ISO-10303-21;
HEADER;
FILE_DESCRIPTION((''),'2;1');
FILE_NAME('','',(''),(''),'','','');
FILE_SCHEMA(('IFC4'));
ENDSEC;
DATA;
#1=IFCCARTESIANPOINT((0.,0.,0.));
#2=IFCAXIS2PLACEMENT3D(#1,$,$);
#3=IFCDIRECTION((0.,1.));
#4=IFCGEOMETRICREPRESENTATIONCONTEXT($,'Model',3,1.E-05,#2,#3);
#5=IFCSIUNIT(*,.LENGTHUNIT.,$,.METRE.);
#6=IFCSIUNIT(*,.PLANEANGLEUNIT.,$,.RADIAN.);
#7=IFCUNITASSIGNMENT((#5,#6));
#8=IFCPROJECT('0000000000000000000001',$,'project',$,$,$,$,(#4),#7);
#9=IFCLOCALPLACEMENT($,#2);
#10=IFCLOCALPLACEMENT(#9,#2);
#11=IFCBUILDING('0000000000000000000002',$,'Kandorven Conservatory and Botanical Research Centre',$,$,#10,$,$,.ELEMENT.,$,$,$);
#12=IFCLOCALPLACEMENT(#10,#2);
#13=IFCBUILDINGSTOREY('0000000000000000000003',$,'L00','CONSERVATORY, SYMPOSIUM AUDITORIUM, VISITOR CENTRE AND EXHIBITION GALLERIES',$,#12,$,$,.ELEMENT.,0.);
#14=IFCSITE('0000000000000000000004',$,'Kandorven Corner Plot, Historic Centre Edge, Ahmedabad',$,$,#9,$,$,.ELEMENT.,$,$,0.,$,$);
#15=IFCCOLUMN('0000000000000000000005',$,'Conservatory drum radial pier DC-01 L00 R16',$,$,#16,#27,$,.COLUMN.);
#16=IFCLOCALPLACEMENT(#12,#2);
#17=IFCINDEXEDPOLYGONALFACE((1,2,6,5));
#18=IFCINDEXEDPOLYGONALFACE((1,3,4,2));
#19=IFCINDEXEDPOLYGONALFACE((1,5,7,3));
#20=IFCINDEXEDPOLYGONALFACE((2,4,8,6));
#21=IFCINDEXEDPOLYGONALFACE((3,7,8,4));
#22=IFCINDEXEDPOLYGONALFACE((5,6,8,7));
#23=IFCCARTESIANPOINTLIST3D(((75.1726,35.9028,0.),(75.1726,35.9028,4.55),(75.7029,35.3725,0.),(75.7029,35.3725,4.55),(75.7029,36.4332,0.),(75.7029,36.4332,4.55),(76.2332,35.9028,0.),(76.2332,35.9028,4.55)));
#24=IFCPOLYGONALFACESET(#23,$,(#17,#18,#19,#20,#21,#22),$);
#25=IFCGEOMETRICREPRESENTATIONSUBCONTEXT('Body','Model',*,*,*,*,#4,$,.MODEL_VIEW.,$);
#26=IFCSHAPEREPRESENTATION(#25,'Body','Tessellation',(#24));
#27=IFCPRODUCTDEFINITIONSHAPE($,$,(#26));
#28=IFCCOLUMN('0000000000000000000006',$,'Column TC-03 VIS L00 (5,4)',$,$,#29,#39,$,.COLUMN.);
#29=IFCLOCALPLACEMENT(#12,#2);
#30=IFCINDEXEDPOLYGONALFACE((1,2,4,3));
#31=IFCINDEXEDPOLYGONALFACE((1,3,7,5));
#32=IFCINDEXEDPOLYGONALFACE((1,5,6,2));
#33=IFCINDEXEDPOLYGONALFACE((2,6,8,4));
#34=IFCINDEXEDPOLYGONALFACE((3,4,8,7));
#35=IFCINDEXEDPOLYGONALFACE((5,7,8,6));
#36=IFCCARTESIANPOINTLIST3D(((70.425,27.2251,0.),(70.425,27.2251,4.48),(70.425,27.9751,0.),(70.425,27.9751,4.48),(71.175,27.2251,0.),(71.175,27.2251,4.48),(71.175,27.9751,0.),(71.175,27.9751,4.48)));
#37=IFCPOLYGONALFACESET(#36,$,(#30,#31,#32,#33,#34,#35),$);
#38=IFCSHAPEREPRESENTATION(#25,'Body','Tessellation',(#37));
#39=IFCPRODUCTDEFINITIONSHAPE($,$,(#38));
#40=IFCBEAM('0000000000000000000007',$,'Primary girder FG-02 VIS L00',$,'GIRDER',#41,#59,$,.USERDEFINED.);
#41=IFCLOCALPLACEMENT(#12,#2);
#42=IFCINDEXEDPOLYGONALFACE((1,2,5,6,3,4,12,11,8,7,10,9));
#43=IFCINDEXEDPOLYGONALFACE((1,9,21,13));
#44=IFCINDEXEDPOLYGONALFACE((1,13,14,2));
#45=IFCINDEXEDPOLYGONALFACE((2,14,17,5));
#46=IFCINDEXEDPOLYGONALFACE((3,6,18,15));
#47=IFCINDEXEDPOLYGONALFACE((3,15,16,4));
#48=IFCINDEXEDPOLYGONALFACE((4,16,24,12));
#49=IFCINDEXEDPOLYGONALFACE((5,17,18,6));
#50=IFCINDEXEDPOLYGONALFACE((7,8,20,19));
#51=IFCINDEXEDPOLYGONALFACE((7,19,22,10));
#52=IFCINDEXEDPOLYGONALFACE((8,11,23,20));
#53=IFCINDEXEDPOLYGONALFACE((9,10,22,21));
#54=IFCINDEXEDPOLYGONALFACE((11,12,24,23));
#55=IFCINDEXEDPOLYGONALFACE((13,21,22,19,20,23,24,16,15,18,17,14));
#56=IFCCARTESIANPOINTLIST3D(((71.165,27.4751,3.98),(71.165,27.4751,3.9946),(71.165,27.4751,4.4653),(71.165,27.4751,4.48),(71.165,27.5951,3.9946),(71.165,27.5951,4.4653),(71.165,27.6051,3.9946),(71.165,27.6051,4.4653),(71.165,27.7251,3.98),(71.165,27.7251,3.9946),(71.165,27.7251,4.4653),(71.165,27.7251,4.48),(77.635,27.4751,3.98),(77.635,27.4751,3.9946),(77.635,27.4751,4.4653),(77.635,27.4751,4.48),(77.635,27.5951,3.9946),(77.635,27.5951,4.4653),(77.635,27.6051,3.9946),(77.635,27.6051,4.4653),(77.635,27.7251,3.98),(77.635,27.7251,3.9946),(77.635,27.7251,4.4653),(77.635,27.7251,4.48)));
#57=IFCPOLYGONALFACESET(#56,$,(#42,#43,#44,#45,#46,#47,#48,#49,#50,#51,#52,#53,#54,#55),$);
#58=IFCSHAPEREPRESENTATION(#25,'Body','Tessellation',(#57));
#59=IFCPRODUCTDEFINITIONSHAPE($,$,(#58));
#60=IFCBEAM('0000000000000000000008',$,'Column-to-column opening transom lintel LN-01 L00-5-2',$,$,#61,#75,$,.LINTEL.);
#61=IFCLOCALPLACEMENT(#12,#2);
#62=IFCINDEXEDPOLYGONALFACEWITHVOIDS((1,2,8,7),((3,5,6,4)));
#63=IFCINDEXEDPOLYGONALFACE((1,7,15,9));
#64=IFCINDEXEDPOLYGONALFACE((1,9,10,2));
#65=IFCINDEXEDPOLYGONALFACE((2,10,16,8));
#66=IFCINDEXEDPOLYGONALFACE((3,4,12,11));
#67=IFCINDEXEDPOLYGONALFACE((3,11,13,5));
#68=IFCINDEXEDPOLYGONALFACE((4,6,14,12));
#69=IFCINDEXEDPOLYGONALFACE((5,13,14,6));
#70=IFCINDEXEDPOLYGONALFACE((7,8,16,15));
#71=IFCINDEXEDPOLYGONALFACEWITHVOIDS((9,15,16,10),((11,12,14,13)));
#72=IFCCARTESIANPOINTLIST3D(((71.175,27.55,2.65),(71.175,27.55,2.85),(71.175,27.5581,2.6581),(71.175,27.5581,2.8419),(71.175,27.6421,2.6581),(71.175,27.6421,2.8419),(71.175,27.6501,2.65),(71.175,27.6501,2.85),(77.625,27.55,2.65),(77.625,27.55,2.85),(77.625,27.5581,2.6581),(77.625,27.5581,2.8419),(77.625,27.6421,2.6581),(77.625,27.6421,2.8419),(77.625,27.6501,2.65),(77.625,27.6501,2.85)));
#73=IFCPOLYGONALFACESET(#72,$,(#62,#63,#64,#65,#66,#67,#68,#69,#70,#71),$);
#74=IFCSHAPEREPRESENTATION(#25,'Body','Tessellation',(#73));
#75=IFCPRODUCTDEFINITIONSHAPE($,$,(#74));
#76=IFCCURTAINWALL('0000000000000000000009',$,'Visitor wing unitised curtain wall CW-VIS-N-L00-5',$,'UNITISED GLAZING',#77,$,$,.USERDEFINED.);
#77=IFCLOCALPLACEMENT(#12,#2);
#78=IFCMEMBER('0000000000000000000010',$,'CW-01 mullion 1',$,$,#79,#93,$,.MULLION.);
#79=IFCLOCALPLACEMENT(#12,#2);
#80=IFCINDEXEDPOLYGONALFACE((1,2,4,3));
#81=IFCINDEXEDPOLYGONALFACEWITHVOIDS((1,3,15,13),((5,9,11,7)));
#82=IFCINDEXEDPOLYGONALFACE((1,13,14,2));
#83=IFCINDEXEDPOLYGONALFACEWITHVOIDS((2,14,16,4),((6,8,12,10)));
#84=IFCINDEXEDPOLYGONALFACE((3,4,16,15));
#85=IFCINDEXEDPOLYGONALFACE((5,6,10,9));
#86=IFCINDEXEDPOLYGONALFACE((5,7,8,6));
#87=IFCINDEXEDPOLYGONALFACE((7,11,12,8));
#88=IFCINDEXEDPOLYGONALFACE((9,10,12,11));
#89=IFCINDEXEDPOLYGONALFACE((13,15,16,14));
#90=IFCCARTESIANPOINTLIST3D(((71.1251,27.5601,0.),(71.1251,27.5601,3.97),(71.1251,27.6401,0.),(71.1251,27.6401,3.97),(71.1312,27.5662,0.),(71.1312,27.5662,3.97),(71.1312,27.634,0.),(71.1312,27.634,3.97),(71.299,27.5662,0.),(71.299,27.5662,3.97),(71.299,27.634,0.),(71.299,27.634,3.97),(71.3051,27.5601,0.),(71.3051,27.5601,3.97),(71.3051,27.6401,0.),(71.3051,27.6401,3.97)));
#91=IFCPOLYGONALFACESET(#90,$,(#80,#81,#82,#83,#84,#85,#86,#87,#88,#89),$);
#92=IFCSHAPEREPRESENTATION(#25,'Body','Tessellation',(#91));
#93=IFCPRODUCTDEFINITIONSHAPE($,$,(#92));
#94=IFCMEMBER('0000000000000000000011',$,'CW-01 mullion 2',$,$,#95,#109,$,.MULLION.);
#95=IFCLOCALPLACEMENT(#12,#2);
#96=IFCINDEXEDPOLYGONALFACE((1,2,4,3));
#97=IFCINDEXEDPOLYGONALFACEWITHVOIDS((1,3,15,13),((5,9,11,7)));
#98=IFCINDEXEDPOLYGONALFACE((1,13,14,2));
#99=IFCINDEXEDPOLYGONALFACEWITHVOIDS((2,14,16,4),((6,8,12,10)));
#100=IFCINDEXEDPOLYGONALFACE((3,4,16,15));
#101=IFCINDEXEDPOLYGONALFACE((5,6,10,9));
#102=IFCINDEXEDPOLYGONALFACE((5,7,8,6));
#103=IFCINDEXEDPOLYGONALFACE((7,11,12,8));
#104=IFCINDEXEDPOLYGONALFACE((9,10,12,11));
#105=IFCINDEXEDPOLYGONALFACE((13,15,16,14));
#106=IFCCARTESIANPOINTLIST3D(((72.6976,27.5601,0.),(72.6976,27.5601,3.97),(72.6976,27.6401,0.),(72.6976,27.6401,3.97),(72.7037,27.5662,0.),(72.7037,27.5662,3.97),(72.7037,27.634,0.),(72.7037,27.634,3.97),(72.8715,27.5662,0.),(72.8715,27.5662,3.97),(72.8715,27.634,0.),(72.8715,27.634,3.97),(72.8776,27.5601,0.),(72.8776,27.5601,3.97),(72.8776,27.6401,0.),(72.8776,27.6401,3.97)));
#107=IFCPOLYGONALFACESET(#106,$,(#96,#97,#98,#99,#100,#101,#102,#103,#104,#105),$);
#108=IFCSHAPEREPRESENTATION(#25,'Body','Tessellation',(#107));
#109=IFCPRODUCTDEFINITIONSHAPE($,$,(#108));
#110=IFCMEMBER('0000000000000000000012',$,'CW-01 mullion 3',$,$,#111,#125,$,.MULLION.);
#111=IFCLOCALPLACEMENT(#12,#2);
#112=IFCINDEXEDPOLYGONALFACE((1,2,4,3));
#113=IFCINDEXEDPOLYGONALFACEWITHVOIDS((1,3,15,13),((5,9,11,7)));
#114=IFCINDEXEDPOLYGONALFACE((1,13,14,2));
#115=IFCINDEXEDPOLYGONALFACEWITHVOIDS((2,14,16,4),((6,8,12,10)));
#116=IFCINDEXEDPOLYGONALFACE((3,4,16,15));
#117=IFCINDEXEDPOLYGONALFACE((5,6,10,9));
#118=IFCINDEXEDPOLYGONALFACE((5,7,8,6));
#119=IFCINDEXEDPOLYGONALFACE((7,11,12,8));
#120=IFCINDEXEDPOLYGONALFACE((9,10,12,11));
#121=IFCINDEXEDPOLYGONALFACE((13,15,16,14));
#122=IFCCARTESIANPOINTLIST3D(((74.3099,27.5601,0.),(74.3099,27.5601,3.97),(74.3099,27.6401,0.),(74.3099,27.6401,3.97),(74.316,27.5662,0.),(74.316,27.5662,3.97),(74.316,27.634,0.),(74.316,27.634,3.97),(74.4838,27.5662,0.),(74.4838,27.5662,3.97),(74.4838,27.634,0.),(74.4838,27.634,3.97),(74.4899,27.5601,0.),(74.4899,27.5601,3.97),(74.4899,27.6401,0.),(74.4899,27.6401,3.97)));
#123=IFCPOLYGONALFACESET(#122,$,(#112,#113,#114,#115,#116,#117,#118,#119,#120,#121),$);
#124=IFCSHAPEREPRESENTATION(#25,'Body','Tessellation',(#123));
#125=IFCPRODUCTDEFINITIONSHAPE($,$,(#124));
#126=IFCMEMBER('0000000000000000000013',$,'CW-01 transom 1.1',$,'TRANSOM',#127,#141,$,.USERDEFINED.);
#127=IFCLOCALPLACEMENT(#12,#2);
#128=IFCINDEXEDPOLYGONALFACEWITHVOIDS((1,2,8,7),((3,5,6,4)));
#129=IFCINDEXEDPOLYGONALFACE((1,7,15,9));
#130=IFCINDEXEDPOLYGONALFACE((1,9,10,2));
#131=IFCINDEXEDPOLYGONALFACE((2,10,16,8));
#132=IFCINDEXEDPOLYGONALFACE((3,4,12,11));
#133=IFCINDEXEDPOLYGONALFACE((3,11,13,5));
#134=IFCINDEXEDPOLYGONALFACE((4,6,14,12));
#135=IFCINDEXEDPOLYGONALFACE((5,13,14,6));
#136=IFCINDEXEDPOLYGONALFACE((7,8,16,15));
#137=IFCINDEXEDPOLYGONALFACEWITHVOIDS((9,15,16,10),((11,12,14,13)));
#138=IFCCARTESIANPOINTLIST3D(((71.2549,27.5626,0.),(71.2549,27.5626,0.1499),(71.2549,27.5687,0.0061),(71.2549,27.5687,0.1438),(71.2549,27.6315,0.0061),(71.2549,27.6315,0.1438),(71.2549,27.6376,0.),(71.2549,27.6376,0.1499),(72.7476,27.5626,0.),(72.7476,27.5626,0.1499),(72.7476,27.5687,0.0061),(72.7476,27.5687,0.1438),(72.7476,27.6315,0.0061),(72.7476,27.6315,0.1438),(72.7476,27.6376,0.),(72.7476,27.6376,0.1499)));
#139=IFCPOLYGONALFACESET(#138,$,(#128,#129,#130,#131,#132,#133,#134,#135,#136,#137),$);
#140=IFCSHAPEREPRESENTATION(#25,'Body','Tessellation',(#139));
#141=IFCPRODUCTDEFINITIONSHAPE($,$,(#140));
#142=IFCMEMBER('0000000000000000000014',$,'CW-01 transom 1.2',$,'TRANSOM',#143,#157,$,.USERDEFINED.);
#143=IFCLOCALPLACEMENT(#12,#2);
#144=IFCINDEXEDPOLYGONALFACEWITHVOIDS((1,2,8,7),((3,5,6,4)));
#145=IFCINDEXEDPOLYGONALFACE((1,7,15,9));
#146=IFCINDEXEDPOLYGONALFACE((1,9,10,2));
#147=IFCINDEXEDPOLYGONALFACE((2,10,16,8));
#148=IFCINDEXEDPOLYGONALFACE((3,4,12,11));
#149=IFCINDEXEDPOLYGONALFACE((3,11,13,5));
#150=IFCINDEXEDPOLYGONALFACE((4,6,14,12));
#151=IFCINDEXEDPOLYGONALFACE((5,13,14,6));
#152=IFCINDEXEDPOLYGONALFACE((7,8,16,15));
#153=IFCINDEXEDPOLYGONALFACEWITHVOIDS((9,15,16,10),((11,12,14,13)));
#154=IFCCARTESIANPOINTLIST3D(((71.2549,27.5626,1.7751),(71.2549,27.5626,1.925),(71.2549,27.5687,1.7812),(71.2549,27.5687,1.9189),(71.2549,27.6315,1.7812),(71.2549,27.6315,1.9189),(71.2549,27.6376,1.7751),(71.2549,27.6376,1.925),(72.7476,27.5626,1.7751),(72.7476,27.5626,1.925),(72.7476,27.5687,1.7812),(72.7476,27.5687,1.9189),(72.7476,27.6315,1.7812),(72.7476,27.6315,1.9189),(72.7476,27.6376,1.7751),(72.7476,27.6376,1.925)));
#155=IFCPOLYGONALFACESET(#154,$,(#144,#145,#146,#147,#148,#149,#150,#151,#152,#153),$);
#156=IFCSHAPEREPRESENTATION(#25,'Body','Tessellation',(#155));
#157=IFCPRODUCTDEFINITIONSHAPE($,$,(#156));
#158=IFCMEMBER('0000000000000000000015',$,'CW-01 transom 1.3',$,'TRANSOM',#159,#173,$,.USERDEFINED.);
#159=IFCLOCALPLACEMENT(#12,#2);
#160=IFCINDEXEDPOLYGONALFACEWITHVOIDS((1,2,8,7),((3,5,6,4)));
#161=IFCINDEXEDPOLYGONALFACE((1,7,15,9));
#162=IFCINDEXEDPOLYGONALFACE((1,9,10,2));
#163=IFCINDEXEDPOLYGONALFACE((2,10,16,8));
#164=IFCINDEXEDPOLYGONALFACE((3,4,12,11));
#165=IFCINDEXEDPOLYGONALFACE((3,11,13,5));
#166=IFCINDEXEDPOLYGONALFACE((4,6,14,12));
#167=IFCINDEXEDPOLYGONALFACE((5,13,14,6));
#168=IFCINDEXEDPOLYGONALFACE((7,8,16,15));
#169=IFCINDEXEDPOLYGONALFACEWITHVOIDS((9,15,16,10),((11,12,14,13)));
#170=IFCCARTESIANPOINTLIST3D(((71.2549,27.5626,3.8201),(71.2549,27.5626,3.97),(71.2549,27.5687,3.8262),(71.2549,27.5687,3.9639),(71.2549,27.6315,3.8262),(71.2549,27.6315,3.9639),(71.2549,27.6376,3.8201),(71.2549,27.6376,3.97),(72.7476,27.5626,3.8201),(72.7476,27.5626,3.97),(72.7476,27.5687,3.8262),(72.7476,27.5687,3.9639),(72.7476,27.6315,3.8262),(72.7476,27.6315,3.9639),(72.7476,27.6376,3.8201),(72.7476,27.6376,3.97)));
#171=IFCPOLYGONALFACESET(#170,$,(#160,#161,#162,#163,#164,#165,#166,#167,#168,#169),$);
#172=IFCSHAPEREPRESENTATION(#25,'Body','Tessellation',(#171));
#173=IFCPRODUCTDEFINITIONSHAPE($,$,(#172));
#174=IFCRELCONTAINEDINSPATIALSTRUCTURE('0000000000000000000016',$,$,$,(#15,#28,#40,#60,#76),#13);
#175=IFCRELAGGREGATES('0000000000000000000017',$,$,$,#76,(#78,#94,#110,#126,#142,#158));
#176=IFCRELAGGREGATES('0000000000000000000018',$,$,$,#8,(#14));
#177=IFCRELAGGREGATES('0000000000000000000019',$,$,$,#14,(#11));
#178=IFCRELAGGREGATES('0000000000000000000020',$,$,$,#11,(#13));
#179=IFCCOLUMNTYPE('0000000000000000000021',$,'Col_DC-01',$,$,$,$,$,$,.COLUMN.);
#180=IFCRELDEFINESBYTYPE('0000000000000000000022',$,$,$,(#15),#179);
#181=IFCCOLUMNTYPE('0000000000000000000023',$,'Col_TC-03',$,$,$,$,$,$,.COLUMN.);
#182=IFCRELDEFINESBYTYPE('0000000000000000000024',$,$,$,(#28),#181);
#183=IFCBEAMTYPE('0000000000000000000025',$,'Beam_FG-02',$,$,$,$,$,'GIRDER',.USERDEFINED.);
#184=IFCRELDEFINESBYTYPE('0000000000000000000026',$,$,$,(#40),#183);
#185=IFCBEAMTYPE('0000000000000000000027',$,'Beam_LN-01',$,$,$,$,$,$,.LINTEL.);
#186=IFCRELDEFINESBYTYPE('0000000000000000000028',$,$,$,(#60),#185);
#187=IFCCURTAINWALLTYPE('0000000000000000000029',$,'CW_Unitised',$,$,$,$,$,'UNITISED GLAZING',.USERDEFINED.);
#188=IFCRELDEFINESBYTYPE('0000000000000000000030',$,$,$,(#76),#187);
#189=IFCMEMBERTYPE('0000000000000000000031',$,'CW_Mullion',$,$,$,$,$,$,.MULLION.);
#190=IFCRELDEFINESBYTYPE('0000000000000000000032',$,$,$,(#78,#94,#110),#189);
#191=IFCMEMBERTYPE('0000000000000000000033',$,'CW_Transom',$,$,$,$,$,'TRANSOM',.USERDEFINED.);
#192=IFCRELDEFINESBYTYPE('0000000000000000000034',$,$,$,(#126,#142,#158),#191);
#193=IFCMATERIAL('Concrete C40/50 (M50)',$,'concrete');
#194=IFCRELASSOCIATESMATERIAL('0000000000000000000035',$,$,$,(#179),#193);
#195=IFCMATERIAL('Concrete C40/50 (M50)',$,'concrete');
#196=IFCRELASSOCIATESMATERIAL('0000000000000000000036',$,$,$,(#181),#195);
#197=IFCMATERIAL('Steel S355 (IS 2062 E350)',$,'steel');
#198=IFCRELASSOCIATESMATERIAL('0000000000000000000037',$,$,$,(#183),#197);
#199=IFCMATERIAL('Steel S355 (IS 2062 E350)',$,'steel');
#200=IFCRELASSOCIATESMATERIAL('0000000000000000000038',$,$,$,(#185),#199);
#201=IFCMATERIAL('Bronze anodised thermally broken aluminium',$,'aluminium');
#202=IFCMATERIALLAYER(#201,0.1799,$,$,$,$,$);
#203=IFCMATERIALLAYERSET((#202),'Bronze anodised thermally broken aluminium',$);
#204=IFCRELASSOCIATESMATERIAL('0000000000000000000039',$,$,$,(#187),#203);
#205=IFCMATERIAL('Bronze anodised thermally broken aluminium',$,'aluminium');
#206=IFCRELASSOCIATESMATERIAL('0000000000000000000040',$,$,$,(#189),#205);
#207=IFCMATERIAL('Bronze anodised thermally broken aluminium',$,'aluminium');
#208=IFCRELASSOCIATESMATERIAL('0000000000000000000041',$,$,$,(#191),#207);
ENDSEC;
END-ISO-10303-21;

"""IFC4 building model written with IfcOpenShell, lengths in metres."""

from ifc_helpers import new_model, si_unit, direction, frame, origin, origin_2d, place, context, subcontext, project, spatial, rectangle, hollow_rectangle, i_section, extrude, material, layer, layer_set, material_profile, profile_set, type_object, element, aggregate, save


model = new_model("IFC4")

# Units and contexts
model_context = context("Model", 3, precision=1e-05, world=origin(), true_north=direction((0.0, 1.0)))
body_context = subcontext(model_context, "Body", "Model", "MODEL_VIEW")
ifc_project = project(units=[si_unit("LENGTHUNIT", "METRE"), si_unit("PLANEANGLEUNIT", "RADIAN")], contexts=[model_context])

# Site, building, storey
site_placement = place(None, origin())
site = spatial("IfcSite", under=ifc_project, at=site_placement, Name="Kandorven Corner Plot, Historic Centre Edge, Ahmedabad", CompositionType="ELEMENT", RefElevation=0.0)
building_placement = place(site_placement, origin())
building = spatial("IfcBuilding", under=site, at=building_placement, Name="Kandorven Conservatory and Botanical Research Centre", CompositionType="ELEMENT")
storey_placement = place(building_placement, origin())
storey = spatial("IfcBuildingStorey", under=building, at=storey_placement, Name="L00", Description="CONSERVATORY, SYMPOSIUM AUDITORIUM, VISITOR CENTRE AND EXHIBITION GALLERIES", CompositionType="ELEMENT", Elevation=0.0)

# Columns
ifc_material_1 = material(Name="Concrete C40/50 (M50)", Category="concrete")
ifc_material_profile_1 = material_profile(ifc_material_1, rectangle(XDim=0.75, YDim=0.75, at=origin_2d()))
ifc_profile_set_1 = profile_set([ifc_material_profile_1], Name="Concrete C40/50 (M50)")
column_type_1 = type_object("IfcColumnType", Name="Col_DC-01", PredefinedType="COLUMN", material=ifc_profile_set_1)
column_1_placement = place(storey_placement, frame((75.7029, 35.9028, 0.0), z_axis=(0.0, 0.0, 1.0), x_axis=(-0.707107, -0.707107, 0.0)))
element("IfcColumn", 1, at=column_1_placement, inside=storey, type_object=column_type_1, Name="Conservatory drum radial pier DC-01 L00 R16", PredefinedType="COLUMN", context=body_context, shape_type="SweptSolid", body=[
    extrude(rectangle(XDim=0.75, YDim=0.75, at=origin_2d()), origin(), (0.0, 0.0, 1.0), 4.55),
])
ifc_material_2 = material(Name="Concrete C40/50 (M50)", Category="concrete")
ifc_material_profile_2 = material_profile(ifc_material_2, rectangle(XDim=0.75, YDim=0.75, at=origin_2d()))
ifc_profile_set_2 = profile_set([ifc_material_profile_2], Name="Concrete C40/50 (M50)")
column_type_2 = type_object("IfcColumnType", Name="Col_TC-03", PredefinedType="COLUMN", material=ifc_profile_set_2)
column_2_placement = place(storey_placement, frame((70.8, 27.6001, 0.0), z_axis=(0.0, 0.0, 1.0), x_axis=(1.0, 0.0, 0.0)))
element("IfcColumn", 2, at=column_2_placement, inside=storey, type_object=column_type_2, Name="Column TC-03 VIS L00 (5,4)", PredefinedType="COLUMN", context=body_context, shape_type="SweptSolid", body=[
    extrude(rectangle(XDim=0.75, YDim=0.75, at=origin_2d()), origin(), (0.0, 0.0, 1.0), 4.48),
])

# Beams
ifc_material_3 = material(Name="Steel S355 (IS 2062 E350)", Category="steel")
ifc_material_profile_3 = material_profile(ifc_material_3, i_section(OverallWidth=0.25, OverallDepth=0.5, WebThickness=0.01, FlangeThickness=0.0146, at=origin_2d()))
ifc_profile_set_3 = profile_set([ifc_material_profile_3], Name="Steel S355 (IS 2062 E350)")
beam_type_1 = type_object("IfcBeamType", Name="Beam_FG-02", ElementType="GIRDER", PredefinedType="USERDEFINED", material=ifc_profile_set_3)
beam_1_placement = place(storey_placement, frame((71.165, 27.6001, 4.23), z_axis=(1.0, 0.0, 0.0), x_axis=(0.0, 1.0, 0.0)))
element("IfcBeam", 3, at=beam_1_placement, inside=storey, type_object=beam_type_1, Name="Primary girder FG-02 VIS L00", ObjectType="GIRDER", PredefinedType="USERDEFINED", context=body_context, shape_type="SweptSolid", body=[
    extrude(i_section(OverallWidth=0.25, OverallDepth=0.5, WebThickness=0.01, FlangeThickness=0.0146, at=origin_2d()), origin(), (0.0, 0.0, 1.0), 6.47),
])
ifc_material_4 = material(Name="Steel S355 (IS 2062 E350)", Category="steel")
ifc_material_profile_4 = material_profile(ifc_material_4, hollow_rectangle(XDim=0.1001, YDim=0.2, WallThickness=0.0081, at=origin_2d()))
ifc_profile_set_4 = profile_set([ifc_material_profile_4], Name="Steel S355 (IS 2062 E350)")
beam_type_2 = type_object("IfcBeamType", Name="Beam_LN-01", PredefinedType="LINTEL", material=ifc_profile_set_4)
beam_2_placement = place(storey_placement, frame((71.175, 27.6001, 2.75), z_axis=(1.0, 0.0, 0.0), x_axis=(0.0, 1.0, 0.0)))
element("IfcBeam", 4, at=beam_2_placement, inside=storey, type_object=beam_type_2, Name="Column-to-column opening transom lintel LN-01 L00-5-2", PredefinedType="LINTEL", context=body_context, shape_type="SweptSolid", body=[
    extrude(hollow_rectangle(XDim=0.1001, YDim=0.2, WallThickness=0.0081, at=origin_2d()), origin(), (0.0, 0.0, 1.0), 6.45),
])

# Curtain wall, members
ifc_material_5 = material(Name="Bronze anodised thermally broken aluminium", Category="aluminium")
ifc_layer_1 = layer(ifc_material_5, 0.1799)
ifc_layer_set_1 = layer_set([ifc_layer_1], Name="Bronze anodised thermally broken aluminium")
curtain_wall_type = type_object("IfcCurtainWallType", Name="CW_Unitised", ElementType="UNITISED GLAZING", PredefinedType="USERDEFINED", material=ifc_layer_set_1)
curtain_wall_placement = place(storey_placement, origin())
curtain_wall = element("IfcCurtainWall", 5, at=curtain_wall_placement, inside=storey, type_object=curtain_wall_type, Name="Visitor wing unitised curtain wall CW-VIS-N-L00-5", ObjectType="UNITISED GLAZING", PredefinedType="USERDEFINED")
ifc_material_6 = material(Name="Bronze anodised thermally broken aluminium", Category="aluminium")
ifc_material_profile_5 = material_profile(ifc_material_6, hollow_rectangle(XDim=0.0801, YDim=0.1799, WallThickness=0.0061, at=origin_2d()))
ifc_profile_set_5 = profile_set([ifc_material_profile_5], Name="Bronze anodised thermally broken aluminium")
member_type_1 = type_object("IfcMemberType", Name="CW_Mullion", PredefinedType="MULLION", material=ifc_profile_set_5)
member_1_placement = place(storey_placement, frame((71.2151, 27.6001, 0.0), z_axis=(0.0, 0.0, 1.0), x_axis=(0.0, 1.0, 0.0)))
member_1 = element("IfcMember", 6, at=member_1_placement, type_object=member_type_1, Name="CW-01 mullion 1", PredefinedType="MULLION", context=body_context, shape_type="SweptSolid", body=[
    extrude(hollow_rectangle(XDim=0.0801, YDim=0.1799, WallThickness=0.0061, at=origin_2d()), origin(), (0.0, 0.0, 1.0), 3.97),
])
member_2_placement = place(storey_placement, frame((72.7876, 27.6001, 0.0), z_axis=(0.0, 0.0, 1.0), x_axis=(0.0, 1.0, 0.0)))
member_2 = element("IfcMember", 7, at=member_2_placement, type_object=member_type_1, Name="CW-01 mullion 2", PredefinedType="MULLION", context=body_context, shape_type="SweptSolid", body=[
    extrude(hollow_rectangle(XDim=0.0801, YDim=0.1799, WallThickness=0.0061, at=origin_2d()), origin(), (0.0, 0.0, 1.0), 3.97),
])
member_3_placement = place(storey_placement, frame((74.3999, 27.6001, 0.0), z_axis=(0.0, 0.0, 1.0), x_axis=(0.0, 1.0, 0.0)))
member_3 = element("IfcMember", 8, at=member_3_placement, type_object=member_type_1, Name="CW-01 mullion 3", PredefinedType="MULLION", context=body_context, shape_type="SweptSolid", body=[
    extrude(hollow_rectangle(XDim=0.0801, YDim=0.1799, WallThickness=0.0061, at=origin_2d()), origin(), (0.0, 0.0, 1.0), 3.97),
])
ifc_material_7 = material(Name="Bronze anodised thermally broken aluminium", Category="aluminium")
ifc_material_profile_6 = material_profile(ifc_material_7, hollow_rectangle(XDim=0.075, YDim=0.1499, WallThickness=0.0061, at=origin_2d()))
ifc_profile_set_6 = profile_set([ifc_material_profile_6], Name="Bronze anodised thermally broken aluminium")
member_type_2 = type_object("IfcMemberType", Name="CW_Transom", ElementType="TRANSOM", PredefinedType="USERDEFINED", material=ifc_profile_set_6)
member_4_placement = place(storey_placement, frame((71.2549, 27.6001, 0.075), z_axis=(1.0, 0.0, 0.0), x_axis=(0.0, 1.0, 0.0)))
member_4 = element("IfcMember", 9, at=member_4_placement, type_object=member_type_2, Name="CW-01 transom 1.1", ObjectType="TRANSOM", PredefinedType="USERDEFINED", context=body_context, shape_type="SweptSolid", body=[
    extrude(hollow_rectangle(XDim=0.075, YDim=0.1499, WallThickness=0.0061, at=origin_2d()), origin(), (0.0, 0.0, 1.0), 1.4927),
])
member_5_placement = place(storey_placement, frame((71.2549, 27.6001, 1.8501), z_axis=(1.0, 0.0, 0.0), x_axis=(0.0, 1.0, 0.0)))
member_5 = element("IfcMember", 10, at=member_5_placement, type_object=member_type_2, Name="CW-01 transom 1.2", ObjectType="TRANSOM", PredefinedType="USERDEFINED", context=body_context, shape_type="SweptSolid", body=[
    extrude(hollow_rectangle(XDim=0.075, YDim=0.1499, WallThickness=0.0061, at=origin_2d()), origin(), (0.0, 0.0, 1.0), 1.4927),
])
member_6_placement = place(storey_placement, frame((71.2549, 27.6001, 3.895), z_axis=(1.0, 0.0, 0.0), x_axis=(0.0, 1.0, 0.0)))
member_6 = element("IfcMember", 11, at=member_6_placement, type_object=member_type_2, Name="CW-01 transom 1.3", ObjectType="TRANSOM", PredefinedType="USERDEFINED", context=body_context, shape_type="SweptSolid", body=[
    extrude(hollow_rectangle(XDim=0.075, YDim=0.1499, WallThickness=0.0061, at=origin_2d()), origin(), (0.0, 0.0, 1.0), 1.4927),
])
aggregate(curtain_wall, [member_1, member_2, member_3, member_4, member_5, member_6])

save(model, "model.ifc")
